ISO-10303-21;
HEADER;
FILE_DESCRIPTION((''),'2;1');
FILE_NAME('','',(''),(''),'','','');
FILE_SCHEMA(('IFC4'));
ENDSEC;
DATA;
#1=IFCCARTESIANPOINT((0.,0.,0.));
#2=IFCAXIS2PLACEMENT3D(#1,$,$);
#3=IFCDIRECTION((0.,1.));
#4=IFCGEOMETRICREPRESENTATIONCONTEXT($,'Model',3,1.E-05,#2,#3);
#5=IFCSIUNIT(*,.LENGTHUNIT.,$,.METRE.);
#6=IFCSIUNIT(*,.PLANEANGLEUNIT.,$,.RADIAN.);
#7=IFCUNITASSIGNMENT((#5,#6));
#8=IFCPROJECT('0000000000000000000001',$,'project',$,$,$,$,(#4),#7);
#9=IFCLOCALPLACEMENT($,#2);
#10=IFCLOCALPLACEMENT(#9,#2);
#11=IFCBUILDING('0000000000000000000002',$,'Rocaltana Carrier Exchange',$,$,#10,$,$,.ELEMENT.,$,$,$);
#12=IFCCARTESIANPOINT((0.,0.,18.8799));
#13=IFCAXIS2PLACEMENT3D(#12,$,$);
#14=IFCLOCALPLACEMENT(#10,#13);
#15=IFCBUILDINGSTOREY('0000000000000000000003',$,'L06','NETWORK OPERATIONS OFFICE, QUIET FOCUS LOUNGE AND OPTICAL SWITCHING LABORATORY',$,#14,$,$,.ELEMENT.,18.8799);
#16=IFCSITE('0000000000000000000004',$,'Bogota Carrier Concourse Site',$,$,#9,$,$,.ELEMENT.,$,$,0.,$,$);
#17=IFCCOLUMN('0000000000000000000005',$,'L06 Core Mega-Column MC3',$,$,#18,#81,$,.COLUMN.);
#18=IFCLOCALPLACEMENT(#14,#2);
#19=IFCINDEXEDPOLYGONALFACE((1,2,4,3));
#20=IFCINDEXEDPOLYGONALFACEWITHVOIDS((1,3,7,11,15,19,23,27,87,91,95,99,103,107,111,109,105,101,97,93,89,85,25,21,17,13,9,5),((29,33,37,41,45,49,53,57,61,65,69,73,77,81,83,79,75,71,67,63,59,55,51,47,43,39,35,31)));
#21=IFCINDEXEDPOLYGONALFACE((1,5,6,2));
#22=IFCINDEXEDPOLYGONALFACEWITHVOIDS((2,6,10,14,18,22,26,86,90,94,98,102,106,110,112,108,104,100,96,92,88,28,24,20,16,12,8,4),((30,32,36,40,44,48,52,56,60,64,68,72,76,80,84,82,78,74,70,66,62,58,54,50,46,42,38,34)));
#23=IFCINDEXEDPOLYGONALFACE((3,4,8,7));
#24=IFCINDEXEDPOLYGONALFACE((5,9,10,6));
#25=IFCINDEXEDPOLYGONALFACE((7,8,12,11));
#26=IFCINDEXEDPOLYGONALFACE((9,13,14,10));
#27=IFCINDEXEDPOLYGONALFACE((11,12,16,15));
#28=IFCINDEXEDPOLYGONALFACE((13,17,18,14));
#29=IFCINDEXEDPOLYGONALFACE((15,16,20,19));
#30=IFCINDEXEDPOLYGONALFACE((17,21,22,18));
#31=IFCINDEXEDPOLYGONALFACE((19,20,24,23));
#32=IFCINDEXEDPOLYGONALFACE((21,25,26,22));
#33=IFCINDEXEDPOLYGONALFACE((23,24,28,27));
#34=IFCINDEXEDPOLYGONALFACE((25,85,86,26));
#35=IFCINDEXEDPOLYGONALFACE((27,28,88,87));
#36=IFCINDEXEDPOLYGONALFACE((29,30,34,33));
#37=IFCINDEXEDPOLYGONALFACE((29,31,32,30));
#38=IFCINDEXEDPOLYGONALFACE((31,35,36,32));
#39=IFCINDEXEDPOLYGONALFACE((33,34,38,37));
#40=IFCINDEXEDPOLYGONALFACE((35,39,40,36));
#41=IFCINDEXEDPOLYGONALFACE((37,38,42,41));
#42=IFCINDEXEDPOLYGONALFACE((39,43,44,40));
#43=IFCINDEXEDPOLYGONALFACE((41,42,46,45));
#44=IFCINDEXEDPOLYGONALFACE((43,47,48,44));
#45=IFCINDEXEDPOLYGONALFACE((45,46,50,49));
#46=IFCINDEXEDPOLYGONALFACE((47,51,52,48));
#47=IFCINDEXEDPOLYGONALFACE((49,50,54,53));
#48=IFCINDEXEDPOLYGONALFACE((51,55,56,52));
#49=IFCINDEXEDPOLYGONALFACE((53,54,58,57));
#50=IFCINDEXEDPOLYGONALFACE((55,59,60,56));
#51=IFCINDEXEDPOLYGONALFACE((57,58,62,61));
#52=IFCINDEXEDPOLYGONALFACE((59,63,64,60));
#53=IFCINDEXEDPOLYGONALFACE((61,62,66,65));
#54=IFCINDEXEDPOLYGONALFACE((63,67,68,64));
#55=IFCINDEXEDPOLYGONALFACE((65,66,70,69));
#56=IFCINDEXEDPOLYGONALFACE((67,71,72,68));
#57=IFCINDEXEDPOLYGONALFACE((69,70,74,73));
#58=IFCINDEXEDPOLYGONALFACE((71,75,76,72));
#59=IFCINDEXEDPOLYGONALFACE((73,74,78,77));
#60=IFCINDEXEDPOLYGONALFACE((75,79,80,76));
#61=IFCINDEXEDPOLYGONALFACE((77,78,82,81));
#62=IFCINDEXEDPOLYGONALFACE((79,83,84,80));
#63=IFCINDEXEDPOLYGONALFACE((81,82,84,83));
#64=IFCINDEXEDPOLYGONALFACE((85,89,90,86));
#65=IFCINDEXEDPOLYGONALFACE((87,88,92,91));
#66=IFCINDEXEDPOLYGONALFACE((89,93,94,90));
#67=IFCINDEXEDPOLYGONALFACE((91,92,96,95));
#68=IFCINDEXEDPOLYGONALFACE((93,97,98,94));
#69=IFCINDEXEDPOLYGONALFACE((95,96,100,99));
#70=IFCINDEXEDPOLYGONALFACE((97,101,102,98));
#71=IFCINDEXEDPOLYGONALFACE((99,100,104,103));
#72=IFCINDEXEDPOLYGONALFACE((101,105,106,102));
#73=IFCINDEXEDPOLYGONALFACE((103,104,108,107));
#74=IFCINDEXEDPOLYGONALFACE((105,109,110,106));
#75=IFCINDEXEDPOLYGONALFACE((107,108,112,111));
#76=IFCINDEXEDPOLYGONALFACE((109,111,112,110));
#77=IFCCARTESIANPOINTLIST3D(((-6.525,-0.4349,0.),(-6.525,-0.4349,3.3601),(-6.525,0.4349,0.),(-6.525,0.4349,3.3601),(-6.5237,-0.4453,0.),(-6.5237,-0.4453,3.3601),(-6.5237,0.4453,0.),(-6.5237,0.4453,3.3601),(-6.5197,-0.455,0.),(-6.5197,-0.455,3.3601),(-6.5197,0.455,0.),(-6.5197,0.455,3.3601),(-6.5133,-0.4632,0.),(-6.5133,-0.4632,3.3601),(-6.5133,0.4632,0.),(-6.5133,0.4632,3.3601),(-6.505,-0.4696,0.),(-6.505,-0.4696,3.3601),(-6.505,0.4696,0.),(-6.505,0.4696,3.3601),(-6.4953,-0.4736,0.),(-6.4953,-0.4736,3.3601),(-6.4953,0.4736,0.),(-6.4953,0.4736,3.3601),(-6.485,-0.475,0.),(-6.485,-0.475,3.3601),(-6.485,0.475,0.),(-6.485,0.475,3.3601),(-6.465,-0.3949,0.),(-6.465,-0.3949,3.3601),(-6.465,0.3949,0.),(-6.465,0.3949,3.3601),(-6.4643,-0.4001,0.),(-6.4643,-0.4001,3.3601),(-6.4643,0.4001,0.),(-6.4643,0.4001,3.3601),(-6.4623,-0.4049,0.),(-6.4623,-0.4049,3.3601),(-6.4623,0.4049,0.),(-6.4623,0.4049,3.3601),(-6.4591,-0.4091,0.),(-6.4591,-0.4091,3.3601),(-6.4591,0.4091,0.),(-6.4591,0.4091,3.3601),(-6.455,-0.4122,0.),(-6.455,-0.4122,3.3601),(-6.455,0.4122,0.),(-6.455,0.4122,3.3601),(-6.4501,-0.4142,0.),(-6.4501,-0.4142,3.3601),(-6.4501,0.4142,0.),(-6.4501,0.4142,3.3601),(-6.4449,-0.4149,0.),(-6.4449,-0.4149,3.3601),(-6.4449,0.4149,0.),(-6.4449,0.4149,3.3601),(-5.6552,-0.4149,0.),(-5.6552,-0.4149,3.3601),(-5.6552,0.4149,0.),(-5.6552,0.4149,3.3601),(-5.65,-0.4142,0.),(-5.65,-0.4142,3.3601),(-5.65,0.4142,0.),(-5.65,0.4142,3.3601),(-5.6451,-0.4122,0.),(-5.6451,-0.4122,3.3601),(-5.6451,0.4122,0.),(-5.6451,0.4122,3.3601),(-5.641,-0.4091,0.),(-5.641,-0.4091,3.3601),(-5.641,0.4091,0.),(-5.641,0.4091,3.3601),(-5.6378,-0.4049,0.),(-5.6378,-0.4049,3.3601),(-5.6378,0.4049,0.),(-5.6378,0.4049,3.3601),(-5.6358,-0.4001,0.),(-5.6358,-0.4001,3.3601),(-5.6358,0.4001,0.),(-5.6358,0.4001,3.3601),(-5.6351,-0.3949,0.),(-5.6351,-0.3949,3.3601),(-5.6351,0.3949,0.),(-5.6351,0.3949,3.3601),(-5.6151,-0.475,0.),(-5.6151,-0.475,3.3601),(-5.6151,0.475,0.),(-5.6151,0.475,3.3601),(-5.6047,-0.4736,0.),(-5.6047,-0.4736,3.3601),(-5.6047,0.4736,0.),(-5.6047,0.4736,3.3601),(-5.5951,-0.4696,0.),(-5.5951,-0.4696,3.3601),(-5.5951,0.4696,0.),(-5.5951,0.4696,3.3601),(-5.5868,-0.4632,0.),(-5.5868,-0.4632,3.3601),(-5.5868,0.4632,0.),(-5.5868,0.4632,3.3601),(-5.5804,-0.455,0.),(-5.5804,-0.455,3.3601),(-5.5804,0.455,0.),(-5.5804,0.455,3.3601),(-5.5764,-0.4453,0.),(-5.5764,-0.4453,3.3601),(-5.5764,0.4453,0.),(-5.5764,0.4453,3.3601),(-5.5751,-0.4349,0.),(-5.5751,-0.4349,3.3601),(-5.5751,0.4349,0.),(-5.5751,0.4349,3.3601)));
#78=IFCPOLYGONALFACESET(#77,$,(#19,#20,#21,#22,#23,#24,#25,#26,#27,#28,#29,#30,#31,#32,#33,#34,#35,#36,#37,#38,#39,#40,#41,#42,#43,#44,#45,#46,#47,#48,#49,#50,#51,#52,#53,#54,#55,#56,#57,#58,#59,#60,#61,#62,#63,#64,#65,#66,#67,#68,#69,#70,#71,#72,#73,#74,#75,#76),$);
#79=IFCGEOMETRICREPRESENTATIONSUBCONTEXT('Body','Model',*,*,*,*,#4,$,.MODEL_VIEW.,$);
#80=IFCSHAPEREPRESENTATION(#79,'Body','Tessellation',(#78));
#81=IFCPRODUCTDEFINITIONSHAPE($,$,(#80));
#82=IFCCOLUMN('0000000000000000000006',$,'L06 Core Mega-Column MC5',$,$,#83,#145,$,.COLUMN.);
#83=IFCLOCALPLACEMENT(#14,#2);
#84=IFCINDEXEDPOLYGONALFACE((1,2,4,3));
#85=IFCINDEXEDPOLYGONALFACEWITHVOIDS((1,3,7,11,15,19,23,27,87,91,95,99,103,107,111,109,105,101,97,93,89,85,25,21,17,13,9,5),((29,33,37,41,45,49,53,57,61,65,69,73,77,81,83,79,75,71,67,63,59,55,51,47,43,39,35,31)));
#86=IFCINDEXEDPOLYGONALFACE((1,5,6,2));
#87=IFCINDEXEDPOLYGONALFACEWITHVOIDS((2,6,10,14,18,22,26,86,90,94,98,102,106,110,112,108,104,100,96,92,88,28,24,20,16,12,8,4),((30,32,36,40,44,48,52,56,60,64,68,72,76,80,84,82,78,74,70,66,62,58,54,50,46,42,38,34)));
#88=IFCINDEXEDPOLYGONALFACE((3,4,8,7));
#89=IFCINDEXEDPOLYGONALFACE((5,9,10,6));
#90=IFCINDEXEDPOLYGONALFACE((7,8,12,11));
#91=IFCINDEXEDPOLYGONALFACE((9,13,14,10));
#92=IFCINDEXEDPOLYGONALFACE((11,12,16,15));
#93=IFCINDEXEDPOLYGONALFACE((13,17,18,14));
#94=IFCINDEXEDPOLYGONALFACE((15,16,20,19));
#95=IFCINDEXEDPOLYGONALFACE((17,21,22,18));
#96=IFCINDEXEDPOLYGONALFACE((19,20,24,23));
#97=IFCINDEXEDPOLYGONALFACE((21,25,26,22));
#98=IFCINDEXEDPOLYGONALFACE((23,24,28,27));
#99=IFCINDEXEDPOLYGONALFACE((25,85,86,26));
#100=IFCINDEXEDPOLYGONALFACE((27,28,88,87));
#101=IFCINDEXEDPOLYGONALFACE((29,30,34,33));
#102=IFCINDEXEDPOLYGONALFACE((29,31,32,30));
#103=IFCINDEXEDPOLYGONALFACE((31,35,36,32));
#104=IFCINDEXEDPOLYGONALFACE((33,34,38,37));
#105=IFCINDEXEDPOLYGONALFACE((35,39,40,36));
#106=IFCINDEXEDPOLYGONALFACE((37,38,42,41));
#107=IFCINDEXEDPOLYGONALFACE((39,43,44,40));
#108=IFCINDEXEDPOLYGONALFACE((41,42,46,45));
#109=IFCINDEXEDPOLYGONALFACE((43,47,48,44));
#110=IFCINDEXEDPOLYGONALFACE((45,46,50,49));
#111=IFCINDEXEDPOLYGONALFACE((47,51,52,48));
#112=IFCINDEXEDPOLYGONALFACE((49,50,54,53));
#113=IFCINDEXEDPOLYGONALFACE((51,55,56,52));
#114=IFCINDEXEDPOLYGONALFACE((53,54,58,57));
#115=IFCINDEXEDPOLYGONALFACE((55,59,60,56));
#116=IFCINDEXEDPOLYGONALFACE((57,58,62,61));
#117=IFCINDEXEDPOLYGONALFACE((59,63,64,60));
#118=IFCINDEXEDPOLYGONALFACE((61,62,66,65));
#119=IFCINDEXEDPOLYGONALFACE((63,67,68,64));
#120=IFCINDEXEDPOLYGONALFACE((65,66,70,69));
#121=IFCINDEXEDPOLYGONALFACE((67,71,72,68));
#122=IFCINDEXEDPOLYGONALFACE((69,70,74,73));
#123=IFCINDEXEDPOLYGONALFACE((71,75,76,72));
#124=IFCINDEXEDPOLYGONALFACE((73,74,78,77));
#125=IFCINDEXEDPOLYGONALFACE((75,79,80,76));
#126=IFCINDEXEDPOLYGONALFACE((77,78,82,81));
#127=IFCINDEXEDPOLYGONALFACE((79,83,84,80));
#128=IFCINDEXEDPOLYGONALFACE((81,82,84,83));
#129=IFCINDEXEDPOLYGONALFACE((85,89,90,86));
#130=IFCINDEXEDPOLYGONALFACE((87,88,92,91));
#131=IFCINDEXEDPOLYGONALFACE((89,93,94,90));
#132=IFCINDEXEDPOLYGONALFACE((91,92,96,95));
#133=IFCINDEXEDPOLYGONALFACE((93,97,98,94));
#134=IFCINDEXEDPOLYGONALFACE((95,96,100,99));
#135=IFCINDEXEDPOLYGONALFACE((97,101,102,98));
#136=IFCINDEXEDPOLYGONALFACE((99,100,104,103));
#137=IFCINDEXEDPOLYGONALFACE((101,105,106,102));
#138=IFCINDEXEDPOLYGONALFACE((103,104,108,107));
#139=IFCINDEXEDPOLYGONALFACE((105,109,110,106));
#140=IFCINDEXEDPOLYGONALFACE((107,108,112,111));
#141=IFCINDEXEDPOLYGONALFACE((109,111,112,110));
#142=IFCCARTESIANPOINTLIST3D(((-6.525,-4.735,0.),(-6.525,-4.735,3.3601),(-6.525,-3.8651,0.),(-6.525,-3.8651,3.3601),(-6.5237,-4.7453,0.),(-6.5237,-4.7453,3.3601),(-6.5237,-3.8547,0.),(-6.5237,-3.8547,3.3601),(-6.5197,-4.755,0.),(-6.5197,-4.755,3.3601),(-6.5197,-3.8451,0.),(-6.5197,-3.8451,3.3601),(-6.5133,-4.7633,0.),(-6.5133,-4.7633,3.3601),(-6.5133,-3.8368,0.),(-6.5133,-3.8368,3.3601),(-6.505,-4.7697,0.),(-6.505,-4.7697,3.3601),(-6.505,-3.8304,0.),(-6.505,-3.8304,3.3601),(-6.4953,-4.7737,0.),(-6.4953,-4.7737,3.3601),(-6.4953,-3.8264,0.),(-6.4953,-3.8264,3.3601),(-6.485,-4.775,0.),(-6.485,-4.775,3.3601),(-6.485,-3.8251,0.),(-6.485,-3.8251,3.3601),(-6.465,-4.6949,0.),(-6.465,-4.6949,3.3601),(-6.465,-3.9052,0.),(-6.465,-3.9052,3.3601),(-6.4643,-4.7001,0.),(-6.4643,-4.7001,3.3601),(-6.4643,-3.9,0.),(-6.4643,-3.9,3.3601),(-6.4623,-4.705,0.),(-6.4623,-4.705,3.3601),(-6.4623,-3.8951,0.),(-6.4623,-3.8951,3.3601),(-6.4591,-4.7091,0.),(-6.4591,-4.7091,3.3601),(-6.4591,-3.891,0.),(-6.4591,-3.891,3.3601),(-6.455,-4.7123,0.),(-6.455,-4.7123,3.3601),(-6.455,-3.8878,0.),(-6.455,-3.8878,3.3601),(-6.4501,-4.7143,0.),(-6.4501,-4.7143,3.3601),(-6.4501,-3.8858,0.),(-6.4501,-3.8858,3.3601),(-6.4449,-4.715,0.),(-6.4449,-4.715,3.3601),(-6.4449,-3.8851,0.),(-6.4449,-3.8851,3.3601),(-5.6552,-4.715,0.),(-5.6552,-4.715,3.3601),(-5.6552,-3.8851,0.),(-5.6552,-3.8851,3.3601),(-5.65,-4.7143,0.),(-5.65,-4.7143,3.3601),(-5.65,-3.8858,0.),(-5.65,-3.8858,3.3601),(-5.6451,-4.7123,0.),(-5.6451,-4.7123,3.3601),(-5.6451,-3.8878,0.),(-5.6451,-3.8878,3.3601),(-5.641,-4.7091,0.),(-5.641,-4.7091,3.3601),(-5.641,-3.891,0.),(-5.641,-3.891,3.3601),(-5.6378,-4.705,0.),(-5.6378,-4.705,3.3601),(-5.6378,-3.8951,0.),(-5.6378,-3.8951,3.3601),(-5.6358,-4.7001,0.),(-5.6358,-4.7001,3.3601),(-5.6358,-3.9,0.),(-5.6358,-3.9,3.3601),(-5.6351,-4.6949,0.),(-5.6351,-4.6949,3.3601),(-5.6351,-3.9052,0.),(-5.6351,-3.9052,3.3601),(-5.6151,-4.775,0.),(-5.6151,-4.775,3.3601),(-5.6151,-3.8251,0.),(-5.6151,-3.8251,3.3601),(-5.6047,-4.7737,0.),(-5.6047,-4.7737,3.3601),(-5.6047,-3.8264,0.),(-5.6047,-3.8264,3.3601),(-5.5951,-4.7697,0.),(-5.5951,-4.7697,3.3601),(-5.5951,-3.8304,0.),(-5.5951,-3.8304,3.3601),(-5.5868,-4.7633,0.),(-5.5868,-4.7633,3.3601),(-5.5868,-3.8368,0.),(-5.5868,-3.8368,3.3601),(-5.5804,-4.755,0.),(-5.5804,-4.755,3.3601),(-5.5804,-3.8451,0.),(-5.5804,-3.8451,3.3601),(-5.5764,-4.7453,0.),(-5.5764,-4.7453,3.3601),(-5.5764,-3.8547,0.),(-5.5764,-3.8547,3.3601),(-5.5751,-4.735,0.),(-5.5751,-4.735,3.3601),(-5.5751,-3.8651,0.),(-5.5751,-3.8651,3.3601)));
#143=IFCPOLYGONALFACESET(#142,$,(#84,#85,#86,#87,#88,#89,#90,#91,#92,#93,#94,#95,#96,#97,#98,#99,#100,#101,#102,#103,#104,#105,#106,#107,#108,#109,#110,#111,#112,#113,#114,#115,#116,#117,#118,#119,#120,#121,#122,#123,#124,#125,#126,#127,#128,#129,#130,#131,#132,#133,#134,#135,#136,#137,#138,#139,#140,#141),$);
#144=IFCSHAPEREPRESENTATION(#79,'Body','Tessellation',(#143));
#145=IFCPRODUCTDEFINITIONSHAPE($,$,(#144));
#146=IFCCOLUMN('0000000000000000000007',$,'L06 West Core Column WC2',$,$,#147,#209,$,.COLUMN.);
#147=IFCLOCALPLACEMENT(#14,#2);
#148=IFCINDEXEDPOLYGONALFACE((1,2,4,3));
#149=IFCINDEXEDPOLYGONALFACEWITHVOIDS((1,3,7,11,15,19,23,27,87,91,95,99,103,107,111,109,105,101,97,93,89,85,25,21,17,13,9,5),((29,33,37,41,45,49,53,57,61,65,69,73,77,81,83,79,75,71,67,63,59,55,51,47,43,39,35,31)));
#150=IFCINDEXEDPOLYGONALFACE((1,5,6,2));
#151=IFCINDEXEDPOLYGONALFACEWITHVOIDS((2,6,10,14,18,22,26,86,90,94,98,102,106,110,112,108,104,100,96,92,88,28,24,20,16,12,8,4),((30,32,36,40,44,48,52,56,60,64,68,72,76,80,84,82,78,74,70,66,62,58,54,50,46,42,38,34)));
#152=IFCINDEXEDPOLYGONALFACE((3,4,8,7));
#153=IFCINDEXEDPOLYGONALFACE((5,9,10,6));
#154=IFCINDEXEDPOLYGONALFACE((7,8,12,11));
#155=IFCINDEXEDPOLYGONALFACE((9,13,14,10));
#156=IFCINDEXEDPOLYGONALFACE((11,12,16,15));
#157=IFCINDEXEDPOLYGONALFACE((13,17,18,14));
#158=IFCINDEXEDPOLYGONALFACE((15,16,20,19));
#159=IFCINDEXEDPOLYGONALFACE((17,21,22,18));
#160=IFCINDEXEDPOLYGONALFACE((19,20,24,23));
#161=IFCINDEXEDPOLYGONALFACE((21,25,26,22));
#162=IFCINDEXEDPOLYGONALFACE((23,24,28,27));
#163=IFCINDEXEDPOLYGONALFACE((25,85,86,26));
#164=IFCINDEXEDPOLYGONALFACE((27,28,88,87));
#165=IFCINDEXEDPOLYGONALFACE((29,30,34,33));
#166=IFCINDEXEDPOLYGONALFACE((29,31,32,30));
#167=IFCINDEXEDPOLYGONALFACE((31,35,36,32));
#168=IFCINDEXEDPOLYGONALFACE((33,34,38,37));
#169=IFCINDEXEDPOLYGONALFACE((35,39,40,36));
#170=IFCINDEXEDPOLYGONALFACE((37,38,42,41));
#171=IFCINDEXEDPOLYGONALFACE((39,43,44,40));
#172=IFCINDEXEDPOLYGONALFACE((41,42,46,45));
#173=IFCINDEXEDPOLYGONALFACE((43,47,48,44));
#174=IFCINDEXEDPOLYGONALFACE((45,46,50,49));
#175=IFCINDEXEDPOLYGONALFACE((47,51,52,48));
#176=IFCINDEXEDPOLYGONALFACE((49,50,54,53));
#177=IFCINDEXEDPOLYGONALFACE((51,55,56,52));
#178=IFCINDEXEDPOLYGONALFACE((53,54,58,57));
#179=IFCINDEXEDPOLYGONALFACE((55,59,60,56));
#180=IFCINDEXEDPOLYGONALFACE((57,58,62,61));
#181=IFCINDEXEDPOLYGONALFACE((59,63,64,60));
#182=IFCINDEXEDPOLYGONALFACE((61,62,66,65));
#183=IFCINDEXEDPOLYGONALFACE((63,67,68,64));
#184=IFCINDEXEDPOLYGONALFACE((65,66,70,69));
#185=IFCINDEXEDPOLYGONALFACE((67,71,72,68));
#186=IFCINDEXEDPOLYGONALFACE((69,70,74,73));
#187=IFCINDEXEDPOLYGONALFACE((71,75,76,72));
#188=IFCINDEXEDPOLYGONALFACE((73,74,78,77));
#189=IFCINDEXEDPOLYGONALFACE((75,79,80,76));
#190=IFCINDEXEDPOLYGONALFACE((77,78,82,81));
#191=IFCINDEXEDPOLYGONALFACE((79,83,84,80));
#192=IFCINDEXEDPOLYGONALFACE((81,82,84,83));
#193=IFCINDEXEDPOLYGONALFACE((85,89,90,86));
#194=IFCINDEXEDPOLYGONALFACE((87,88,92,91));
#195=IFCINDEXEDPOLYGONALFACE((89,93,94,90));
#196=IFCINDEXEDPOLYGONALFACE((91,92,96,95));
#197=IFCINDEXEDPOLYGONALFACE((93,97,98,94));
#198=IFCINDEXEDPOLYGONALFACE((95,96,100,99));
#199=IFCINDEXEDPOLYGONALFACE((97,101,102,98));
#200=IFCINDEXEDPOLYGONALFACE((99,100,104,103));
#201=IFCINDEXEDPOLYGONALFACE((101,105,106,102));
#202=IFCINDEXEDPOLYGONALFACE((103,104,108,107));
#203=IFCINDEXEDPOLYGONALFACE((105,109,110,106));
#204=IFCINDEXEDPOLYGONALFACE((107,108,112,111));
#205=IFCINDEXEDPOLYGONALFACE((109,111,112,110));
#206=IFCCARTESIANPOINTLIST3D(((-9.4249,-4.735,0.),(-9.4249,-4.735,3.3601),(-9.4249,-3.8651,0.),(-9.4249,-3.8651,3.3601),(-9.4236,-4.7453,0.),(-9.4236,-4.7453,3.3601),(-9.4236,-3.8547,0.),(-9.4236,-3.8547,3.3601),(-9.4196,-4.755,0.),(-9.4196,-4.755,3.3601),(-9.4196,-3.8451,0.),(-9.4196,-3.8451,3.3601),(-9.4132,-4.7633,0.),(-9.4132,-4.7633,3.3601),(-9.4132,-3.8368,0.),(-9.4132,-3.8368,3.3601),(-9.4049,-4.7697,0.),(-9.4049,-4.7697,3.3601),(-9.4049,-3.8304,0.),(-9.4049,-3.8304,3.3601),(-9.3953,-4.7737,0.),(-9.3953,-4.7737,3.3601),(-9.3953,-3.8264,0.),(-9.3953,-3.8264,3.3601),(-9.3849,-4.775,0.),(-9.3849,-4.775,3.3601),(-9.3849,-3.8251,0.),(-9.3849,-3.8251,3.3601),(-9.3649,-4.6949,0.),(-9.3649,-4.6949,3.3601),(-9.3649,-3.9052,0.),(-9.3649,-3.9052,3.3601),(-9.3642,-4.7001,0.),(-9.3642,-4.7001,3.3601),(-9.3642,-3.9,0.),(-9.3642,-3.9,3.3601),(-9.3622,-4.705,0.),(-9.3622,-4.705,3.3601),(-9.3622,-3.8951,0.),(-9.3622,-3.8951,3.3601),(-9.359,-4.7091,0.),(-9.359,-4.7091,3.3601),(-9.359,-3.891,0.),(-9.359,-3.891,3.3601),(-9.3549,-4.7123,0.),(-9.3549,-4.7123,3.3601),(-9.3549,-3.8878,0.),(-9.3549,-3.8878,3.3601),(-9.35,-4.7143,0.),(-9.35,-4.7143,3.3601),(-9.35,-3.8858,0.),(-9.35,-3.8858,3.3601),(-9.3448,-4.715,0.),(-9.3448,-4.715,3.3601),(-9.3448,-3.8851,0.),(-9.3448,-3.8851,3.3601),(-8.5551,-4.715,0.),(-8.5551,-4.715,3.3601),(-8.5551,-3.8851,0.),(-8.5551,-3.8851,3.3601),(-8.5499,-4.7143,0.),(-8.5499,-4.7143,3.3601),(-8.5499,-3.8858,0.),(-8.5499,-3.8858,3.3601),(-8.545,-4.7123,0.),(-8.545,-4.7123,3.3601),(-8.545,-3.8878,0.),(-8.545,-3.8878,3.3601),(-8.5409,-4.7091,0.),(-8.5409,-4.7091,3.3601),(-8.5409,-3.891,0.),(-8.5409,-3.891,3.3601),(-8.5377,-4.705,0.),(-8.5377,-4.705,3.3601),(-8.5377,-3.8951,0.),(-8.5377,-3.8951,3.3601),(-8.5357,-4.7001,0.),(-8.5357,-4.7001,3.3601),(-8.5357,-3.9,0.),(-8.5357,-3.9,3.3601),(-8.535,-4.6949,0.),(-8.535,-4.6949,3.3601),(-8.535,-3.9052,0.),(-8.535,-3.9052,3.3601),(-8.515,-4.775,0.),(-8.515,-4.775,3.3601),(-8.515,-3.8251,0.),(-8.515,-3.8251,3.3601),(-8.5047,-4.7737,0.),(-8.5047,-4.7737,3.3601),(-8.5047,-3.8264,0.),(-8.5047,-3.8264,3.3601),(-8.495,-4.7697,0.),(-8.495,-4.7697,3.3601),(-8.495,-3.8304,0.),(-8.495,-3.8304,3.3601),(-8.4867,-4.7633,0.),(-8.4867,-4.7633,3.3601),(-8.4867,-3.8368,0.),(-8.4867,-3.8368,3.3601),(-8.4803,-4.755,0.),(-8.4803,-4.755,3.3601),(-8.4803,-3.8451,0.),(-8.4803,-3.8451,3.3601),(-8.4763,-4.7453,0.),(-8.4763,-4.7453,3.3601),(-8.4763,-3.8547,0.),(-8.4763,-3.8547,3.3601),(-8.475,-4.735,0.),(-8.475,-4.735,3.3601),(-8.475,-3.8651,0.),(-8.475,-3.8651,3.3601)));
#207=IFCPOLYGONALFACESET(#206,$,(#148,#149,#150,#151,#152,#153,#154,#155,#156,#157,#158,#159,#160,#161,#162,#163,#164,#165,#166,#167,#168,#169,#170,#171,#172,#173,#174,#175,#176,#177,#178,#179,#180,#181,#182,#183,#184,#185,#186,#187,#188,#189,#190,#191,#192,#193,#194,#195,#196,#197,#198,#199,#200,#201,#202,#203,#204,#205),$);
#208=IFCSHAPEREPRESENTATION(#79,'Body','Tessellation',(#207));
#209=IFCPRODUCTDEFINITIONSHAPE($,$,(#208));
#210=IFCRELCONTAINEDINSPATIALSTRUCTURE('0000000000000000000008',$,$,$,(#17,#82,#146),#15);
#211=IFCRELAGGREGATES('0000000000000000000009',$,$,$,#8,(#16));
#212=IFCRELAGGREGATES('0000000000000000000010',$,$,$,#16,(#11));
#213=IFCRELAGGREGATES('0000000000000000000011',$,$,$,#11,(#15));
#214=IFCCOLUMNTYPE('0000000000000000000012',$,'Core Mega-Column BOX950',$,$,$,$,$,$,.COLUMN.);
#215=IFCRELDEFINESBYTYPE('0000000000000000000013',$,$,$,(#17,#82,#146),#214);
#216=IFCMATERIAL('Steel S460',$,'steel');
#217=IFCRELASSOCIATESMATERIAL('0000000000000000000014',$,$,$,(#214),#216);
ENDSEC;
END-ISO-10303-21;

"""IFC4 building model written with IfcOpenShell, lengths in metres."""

from ifc_helpers import new_model, si_unit, direction, frame, origin, origin_2d, place, context, subcontext, project, spatial, hollow_rectangle, extrude, material, material_profile, profile_set, type_object, element, save


model = new_model("IFC4")

# Units and contexts
model_context = context("Model", 3, precision=1e-05, world=origin(), true_north=direction((0.0, 1.0)))
body_context = subcontext(model_context, "Body", "Model", "MODEL_VIEW")
ifc_project = project(units=[si_unit("LENGTHUNIT", "METRE"), si_unit("PLANEANGLEUNIT", "RADIAN")], contexts=[model_context])

# Site, building, storey
site_placement = place(None, origin())
site = spatial("IfcSite", under=ifc_project, at=site_placement, Name="Bogota Carrier Concourse Site", CompositionType="ELEMENT", RefElevation=0.0)
building_placement = place(site_placement, origin())
building = spatial("IfcBuilding", under=site, at=building_placement, Name="Rocaltana Carrier Exchange", CompositionType="ELEMENT")
storey_placement = place(building_placement, frame((0.0, 0.0, 18.8799)))
storey = spatial("IfcBuildingStorey", under=building, at=storey_placement, Name="L06", Description="NETWORK OPERATIONS OFFICE, QUIET FOCUS LOUNGE AND OPTICAL SWITCHING LABORATORY", CompositionType="ELEMENT", Elevation=18.8799)

# Columns
ifc_material_1 = material(Name="Steel S460", Category="steel")
ifc_material_profile = material_profile(ifc_material_1, hollow_rectangle(XDim=0.95, YDim=0.95, WallThickness=0.0601, InnerFilletRadius=0.02, OuterFilletRadius=0.04, at=origin_2d()), Name="BOX950X950X60")
ifc_profile_set = profile_set([ifc_material_profile], Name="Steel S460")
column_type = type_object("IfcColumnType", Name="Core Mega-Column BOX950", PredefinedType="COLUMN", material=ifc_profile_set)
for number, where, z_axis, x_axis, name in (
    (1, (-6.05, 0.0, 0.0), (0.0, 0.0, 1.0), (1.0, 0.0, 0.0), "L06 Core Mega-Column MC3"),
    (2, (-6.05, -4.3, 0.0), (0.0, 0.0, 1.0), (1.0, 0.0, 0.0), "L06 Core Mega-Column MC5"),
    (3, (-8.95, -4.3, 0.0), (0.0, 0.0, 1.0), (1.0, 0.0, 0.0), "L06 West Core Column WC2"),
):
    element("IfcColumn", number, at=place(storey_placement, frame(where, z_axis=z_axis, x_axis=x_axis)), inside=storey, type_object=column_type, Name=name, PredefinedType="COLUMN", context=body_context, shape_type="SweptSolid", body=[
        extrude(hollow_rectangle(XDim=0.95, YDim=0.95, WallThickness=0.0601, InnerFilletRadius=0.02, OuterFilletRadius=0.04, at=origin_2d()), origin(), (0.0, 0.0, 1.0), 3.3601),
    ])

save(model, "model.ifc")
